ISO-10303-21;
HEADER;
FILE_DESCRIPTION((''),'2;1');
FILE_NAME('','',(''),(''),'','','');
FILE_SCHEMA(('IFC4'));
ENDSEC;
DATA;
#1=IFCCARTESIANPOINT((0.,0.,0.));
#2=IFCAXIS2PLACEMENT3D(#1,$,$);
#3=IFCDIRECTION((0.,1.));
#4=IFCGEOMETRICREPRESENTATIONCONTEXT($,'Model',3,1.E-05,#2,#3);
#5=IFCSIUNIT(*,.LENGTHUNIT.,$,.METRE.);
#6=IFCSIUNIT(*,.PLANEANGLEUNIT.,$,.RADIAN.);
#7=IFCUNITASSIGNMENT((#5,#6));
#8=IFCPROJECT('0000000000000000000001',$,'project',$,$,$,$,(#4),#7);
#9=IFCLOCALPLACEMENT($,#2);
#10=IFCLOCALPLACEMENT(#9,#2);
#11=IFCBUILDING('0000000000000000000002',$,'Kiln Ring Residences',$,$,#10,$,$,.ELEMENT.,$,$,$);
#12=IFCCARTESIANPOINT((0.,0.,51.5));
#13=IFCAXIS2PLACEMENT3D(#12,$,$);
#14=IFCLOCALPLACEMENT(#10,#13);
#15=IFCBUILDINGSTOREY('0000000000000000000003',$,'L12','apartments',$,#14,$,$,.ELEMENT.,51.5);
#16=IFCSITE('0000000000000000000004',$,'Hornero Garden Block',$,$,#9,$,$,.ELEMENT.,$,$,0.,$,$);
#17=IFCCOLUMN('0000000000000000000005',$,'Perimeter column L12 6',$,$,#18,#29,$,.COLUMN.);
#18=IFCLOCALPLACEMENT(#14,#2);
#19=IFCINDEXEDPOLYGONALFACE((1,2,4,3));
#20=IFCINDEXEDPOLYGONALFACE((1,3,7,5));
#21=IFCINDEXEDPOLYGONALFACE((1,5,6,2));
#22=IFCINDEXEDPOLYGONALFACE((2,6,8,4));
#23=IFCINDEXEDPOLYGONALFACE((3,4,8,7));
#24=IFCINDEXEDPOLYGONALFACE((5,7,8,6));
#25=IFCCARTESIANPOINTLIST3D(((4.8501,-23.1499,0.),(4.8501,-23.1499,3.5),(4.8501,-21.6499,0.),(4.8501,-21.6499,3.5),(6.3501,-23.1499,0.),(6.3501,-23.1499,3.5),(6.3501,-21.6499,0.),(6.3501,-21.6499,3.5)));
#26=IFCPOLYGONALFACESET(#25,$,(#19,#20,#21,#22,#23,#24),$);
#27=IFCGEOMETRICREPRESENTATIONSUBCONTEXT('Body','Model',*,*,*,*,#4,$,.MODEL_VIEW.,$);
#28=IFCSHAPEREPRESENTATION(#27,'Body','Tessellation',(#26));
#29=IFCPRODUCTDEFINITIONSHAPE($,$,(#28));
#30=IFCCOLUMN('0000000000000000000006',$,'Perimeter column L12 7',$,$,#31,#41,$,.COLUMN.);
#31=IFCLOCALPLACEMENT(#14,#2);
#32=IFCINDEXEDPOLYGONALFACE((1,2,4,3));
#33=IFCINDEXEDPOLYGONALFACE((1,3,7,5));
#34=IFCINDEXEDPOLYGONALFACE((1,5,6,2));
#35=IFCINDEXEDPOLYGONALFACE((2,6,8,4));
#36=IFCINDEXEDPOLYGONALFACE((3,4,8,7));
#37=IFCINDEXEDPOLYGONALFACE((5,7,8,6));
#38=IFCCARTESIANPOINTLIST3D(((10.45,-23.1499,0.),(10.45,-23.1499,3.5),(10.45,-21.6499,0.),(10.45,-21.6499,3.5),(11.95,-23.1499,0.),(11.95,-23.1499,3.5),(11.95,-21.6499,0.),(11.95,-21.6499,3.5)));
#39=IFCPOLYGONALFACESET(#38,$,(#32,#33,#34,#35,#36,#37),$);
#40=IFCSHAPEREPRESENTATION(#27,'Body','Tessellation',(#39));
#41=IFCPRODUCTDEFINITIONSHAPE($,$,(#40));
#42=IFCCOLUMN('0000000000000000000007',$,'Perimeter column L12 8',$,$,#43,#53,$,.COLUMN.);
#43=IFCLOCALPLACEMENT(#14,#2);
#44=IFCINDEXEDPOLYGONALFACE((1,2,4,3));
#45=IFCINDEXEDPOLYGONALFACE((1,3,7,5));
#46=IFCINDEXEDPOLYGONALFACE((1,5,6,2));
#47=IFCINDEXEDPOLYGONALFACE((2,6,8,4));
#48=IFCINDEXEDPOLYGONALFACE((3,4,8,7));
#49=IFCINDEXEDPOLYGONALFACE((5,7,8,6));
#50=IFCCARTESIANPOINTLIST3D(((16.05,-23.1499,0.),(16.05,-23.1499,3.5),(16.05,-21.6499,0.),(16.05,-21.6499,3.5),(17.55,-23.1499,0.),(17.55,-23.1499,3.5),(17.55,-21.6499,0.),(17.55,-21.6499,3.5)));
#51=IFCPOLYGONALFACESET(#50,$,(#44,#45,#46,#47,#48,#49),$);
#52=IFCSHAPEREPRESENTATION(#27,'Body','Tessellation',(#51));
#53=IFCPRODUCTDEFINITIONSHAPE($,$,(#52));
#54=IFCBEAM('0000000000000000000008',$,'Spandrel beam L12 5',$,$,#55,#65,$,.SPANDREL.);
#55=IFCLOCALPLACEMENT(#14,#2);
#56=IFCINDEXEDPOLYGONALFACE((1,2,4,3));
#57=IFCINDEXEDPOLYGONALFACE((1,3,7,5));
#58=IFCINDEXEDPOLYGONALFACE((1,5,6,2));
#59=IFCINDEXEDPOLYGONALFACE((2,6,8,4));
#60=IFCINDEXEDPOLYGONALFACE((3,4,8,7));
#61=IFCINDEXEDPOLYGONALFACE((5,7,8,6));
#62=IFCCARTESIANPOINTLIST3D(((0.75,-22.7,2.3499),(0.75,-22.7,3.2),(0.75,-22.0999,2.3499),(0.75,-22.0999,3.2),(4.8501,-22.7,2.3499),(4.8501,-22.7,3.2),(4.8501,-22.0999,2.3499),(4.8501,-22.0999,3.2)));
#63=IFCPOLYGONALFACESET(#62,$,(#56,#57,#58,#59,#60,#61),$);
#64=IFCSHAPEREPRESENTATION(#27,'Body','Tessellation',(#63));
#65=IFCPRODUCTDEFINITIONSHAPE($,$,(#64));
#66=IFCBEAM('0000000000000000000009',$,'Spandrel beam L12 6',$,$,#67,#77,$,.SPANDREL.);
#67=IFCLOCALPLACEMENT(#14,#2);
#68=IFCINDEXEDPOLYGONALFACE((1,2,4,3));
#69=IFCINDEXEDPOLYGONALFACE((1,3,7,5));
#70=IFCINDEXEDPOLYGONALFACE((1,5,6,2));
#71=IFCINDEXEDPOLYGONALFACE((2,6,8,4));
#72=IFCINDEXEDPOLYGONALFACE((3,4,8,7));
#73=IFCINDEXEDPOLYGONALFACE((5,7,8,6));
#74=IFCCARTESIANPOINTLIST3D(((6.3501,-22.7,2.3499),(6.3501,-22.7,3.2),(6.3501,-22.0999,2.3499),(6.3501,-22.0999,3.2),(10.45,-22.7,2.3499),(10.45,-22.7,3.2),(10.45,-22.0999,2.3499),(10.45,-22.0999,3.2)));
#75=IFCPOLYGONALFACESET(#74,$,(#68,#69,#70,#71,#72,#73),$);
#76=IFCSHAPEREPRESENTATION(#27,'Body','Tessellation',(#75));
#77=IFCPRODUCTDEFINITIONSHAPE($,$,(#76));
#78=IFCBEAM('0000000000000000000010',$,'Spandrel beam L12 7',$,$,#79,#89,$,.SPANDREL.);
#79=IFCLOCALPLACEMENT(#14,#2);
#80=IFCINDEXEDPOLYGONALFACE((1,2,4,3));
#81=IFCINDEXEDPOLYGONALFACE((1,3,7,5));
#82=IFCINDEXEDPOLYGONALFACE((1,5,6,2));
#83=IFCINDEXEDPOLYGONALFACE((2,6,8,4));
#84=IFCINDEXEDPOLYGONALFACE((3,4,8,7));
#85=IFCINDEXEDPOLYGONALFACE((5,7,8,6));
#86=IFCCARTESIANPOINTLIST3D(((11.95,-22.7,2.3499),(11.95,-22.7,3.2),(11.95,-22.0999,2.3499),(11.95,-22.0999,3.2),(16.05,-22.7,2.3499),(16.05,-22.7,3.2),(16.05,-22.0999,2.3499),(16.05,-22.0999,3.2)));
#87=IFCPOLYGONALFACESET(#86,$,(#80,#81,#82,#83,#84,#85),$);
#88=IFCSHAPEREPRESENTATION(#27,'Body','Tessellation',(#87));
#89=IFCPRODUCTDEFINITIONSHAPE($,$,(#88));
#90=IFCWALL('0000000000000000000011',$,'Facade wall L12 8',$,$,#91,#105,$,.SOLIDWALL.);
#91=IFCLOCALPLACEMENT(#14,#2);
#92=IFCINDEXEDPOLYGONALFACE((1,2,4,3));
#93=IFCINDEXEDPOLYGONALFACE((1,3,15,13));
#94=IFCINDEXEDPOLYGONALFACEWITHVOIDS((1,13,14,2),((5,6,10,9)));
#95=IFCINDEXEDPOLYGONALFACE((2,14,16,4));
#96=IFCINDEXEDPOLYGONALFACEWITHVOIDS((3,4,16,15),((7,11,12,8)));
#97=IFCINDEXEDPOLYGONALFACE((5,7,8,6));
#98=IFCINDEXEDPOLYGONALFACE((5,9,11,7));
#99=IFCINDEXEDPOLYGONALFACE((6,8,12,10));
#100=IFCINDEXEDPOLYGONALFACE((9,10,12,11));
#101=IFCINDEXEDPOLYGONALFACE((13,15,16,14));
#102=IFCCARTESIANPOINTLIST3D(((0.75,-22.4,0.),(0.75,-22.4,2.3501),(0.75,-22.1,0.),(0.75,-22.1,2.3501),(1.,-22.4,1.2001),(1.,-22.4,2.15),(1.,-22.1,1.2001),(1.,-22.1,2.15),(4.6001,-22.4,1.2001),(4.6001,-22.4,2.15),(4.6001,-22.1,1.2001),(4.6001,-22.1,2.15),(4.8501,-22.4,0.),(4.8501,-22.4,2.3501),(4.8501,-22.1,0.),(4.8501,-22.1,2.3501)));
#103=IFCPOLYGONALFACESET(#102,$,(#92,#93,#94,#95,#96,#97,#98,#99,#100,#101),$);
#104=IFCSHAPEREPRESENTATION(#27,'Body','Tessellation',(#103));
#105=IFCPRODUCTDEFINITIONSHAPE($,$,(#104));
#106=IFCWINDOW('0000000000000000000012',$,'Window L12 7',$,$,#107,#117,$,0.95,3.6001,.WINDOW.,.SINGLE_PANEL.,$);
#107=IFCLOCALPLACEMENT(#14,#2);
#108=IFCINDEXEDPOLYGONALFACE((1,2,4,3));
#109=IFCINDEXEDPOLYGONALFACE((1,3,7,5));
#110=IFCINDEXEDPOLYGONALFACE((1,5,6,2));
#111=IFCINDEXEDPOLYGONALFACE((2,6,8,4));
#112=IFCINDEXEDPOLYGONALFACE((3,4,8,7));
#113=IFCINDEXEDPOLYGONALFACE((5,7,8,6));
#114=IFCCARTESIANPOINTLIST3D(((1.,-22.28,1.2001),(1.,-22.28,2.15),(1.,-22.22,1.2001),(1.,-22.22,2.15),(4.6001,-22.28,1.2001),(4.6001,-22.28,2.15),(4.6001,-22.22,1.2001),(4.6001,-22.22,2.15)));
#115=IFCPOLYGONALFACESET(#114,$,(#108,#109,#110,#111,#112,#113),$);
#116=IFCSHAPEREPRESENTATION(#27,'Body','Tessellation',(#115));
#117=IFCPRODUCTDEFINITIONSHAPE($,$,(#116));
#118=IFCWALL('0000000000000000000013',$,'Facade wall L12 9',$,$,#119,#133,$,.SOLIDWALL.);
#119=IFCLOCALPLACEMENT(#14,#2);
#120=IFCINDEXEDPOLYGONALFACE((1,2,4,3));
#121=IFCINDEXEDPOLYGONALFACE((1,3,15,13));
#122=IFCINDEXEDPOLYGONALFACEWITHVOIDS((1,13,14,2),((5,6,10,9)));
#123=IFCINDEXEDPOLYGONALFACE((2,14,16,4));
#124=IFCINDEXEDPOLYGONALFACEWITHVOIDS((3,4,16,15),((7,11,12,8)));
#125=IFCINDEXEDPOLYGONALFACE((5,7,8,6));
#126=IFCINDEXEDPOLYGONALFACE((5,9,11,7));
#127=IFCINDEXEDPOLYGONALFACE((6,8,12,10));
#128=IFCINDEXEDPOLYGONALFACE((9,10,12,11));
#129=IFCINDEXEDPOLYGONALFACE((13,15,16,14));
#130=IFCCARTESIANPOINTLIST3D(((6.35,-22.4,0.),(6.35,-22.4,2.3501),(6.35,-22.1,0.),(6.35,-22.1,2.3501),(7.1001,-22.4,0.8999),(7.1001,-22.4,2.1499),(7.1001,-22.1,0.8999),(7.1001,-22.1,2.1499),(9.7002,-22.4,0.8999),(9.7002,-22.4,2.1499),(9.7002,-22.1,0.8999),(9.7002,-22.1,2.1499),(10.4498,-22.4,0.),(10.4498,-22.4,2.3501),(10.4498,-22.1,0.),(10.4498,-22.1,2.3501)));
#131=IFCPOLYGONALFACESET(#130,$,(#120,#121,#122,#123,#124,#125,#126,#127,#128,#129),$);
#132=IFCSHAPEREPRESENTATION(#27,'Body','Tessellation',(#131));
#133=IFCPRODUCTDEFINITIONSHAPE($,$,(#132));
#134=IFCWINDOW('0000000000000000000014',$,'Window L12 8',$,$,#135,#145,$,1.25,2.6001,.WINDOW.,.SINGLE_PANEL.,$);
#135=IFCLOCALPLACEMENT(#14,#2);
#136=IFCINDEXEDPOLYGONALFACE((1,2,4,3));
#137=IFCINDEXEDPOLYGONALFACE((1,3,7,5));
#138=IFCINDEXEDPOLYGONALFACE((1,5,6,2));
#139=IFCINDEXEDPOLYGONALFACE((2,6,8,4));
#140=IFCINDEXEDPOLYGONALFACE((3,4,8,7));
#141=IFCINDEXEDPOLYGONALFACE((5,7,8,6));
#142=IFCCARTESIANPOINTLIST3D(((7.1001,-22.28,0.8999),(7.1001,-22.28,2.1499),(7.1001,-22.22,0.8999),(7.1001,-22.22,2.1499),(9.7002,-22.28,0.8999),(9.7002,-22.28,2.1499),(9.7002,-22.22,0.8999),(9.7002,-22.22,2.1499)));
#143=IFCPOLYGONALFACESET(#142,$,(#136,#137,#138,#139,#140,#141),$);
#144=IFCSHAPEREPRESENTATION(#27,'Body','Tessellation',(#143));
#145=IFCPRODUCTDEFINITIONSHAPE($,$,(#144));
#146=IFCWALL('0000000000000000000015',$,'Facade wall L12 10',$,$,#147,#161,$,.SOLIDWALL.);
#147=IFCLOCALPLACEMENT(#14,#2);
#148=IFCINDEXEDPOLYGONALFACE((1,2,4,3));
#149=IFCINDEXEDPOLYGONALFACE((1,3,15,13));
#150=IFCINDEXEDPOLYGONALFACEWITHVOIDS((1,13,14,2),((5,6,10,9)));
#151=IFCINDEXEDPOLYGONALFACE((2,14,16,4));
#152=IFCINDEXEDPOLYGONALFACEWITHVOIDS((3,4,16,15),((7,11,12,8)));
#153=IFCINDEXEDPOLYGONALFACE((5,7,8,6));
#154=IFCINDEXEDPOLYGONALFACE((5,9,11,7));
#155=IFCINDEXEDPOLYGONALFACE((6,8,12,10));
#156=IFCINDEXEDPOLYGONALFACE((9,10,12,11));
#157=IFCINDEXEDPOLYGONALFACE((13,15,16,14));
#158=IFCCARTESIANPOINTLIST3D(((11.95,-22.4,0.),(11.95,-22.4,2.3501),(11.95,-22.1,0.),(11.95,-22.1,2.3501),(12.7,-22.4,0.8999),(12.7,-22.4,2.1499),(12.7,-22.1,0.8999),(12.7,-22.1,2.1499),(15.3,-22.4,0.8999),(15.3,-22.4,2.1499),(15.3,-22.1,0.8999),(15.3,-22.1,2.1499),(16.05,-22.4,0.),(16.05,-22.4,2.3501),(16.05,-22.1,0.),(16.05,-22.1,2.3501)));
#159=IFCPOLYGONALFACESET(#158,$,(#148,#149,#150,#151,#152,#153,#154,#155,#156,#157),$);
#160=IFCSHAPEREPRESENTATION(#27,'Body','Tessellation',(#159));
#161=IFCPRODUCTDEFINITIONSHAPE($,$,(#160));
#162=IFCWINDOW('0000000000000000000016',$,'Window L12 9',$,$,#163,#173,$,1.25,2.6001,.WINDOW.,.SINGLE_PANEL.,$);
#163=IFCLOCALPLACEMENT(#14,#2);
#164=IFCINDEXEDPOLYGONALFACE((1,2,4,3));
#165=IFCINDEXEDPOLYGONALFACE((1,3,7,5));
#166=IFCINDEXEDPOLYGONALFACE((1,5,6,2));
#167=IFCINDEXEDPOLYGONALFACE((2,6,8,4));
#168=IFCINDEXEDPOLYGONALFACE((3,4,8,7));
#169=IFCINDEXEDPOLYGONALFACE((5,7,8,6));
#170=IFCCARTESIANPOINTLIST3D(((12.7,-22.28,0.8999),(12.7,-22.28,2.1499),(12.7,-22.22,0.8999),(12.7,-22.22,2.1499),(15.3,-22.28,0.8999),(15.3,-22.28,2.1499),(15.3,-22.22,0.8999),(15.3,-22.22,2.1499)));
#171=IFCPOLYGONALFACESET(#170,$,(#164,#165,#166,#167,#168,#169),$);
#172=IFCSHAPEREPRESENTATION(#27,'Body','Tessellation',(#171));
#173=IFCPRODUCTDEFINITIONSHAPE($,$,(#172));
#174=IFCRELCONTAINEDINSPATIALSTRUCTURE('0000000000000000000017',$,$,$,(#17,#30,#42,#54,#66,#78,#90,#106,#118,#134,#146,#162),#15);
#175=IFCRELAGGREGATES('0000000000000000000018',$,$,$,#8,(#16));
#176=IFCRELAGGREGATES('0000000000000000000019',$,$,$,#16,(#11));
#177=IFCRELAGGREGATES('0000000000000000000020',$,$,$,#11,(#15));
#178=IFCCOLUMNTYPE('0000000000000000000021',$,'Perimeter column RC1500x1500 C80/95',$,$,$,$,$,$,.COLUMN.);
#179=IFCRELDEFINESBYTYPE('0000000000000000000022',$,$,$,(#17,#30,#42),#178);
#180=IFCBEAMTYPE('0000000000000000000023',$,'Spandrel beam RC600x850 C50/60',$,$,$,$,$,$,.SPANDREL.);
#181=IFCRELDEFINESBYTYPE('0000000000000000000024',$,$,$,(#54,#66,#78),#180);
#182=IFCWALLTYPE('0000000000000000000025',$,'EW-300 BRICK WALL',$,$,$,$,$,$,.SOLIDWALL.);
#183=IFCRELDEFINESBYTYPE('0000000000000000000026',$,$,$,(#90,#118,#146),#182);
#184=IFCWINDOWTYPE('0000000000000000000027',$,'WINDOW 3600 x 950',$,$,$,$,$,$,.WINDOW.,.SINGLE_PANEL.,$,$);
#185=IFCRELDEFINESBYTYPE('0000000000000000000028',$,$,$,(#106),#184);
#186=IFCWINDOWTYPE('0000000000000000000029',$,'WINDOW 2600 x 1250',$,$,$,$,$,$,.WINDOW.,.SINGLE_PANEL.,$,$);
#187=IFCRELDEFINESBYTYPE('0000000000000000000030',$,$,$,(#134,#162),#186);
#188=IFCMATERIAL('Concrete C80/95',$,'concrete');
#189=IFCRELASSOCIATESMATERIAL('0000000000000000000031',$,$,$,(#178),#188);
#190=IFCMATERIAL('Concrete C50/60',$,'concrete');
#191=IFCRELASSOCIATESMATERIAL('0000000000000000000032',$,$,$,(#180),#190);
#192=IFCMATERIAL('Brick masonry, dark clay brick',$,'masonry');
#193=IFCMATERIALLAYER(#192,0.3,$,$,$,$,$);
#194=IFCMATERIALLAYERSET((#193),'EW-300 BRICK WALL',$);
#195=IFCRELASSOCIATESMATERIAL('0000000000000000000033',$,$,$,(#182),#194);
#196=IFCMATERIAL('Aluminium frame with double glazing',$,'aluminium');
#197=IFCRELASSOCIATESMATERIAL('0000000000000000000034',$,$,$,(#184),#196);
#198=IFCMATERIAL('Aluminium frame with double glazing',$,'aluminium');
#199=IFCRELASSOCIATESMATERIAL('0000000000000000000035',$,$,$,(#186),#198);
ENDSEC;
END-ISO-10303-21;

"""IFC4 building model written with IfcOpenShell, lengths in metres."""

from ifc_helpers import new_model, si_unit, direction, frame, frame_2d, origin, origin_2d, place, context, subcontext, project, spatial, rectangle, extrude, material, layer, layer_set, material_profile, profile_set, type_object, element, fill, save


model = new_model("IFC4")

# Units and contexts
model_context = context("Model", 3, precision=1e-05, world=origin(), true_north=direction((0.0, 1.0)))
body_context = subcontext(model_context, "Body", "Model", "MODEL_VIEW")
ifc_project = project(units=[si_unit("LENGTHUNIT", "METRE"), si_unit("PLANEANGLEUNIT", "RADIAN")], contexts=[model_context])

# Site, building, storey
site_placement = place(None, origin())
site = spatial("IfcSite", under=ifc_project, at=site_placement, Name="Hornero Garden Block", CompositionType="ELEMENT", RefElevation=0.0)
building_placement = place(site_placement, origin())
building = spatial("IfcBuilding", under=site, at=building_placement, Name="Kiln Ring Residences", CompositionType="ELEMENT")
storey_placement = place(building_placement, frame((0.0, 0.0, 51.5)))
storey = spatial("IfcBuildingStorey", under=building, at=storey_placement, Name="L12", Description="apartments", CompositionType="ELEMENT", Elevation=51.5)

# Columns
ifc_material_1 = material(Name="Concrete C80/95", Category="concrete")
ifc_material_profile_1 = material_profile(ifc_material_1, rectangle(XDim=1.5, YDim=1.5, at=origin_2d()), Name="RC1500x1500")
ifc_profile_set_1 = profile_set([ifc_material_profile_1], Name="Concrete C80/95")
column_type = type_object("IfcColumnType", Name="Perimeter column RC1500x1500 C80/95", PredefinedType="COLUMN", material=ifc_profile_set_1)
for number, where, z_axis, x_axis, name in (
    (1, (5.6001, -22.3999, 0.0), (0.0, 0.0, 1.0), (1.0, 0.0, 0.0), "Perimeter column L12 6"),
    (2, (11.2, -22.3999, 0.0), (0.0, 0.0, 1.0), (1.0, 0.0, 0.0), "Perimeter column L12 7"),
    (3, (16.8, -22.3999, 0.0), (0.0, 0.0, 1.0), (1.0, 0.0, 0.0), "Perimeter column L12 8"),
):
    element("IfcColumn", number, at=place(storey_placement, frame(where, z_axis=z_axis, x_axis=x_axis)), inside=storey, type_object=column_type, Name=name, PredefinedType="COLUMN", context=body_context, shape_type="SweptSolid", body=[
        extrude(rectangle(XDim=1.5, YDim=1.5, at=origin_2d()), origin(), (0.0, 0.0, 1.0), 3.5),
    ])

# Beams
ifc_material_2 = material(Name="Concrete C50/60", Category="concrete")
ifc_material_profile_2 = material_profile(ifc_material_2, rectangle(XDim=0.6001, YDim=0.8501, at=origin_2d()), Name="RC600x850")
ifc_profile_set_2 = profile_set([ifc_material_profile_2], Name="Concrete C50/60")
beam_type = type_object("IfcBeamType", Name="Spandrel beam RC600x850 C50/60", PredefinedType="SPANDREL", material=ifc_profile_set_2)
beam_1_placement = place(storey_placement, frame((0.75, -22.3999, 2.7749), z_axis=(1.0, 0.0, 0.0), x_axis=(0.0, 1.0, 0.0)))
element("IfcBeam", 4, at=beam_1_placement, inside=storey, type_object=beam_type, Name="Spandrel beam L12 5", PredefinedType="SPANDREL", context=body_context, shape_type="SweptSolid", body=[
    extrude(rectangle(XDim=0.6001, YDim=0.8501, at=origin_2d()), origin(), (0.0, 0.0, 1.0), 4.1001),
])
beam_2_placement = place(storey_placement, frame((6.3501, -22.3999, 2.7749), z_axis=(1.0, 0.0, 0.0), x_axis=(0.0, 1.0, 0.0)))
element("IfcBeam", 5, at=beam_2_placement, inside=storey, type_object=beam_type, Name="Spandrel beam L12 6", PredefinedType="SPANDREL", context=body_context, shape_type="SweptSolid", body=[
    extrude(rectangle(XDim=0.6001, YDim=0.8501, at=origin_2d()), origin(), (0.0, 0.0, 1.0), 4.0999),
])
beam_3_placement = place(storey_placement, frame((11.95, -22.3999, 2.7749), z_axis=(1.0, 0.0, 0.0), x_axis=(0.0, 1.0, 0.0)))
element("IfcBeam", 6, at=beam_3_placement, inside=storey, type_object=beam_type, Name="Spandrel beam L12 7", PredefinedType="SPANDREL", context=body_context, shape_type="SweptSolid", body=[
    extrude(rectangle(XDim=0.6001, YDim=0.8501, at=origin_2d()), origin(), (0.0, 0.0, 1.0), 4.1001),
])

# Walls, openings, windows
ifc_material_3 = material(Name="Brick masonry, dark clay brick", Category="masonry")
ifc_layer_1 = layer(ifc_material_3, 0.3)
ifc_layer_set_1 = layer_set([ifc_layer_1], Name="EW-300 BRICK WALL")
wall_type_1 = type_object("IfcWallType", Name="EW-300 BRICK WALL", PredefinedType="SOLIDWALL", material=ifc_layer_set_1)
wall_1_placement = place(storey_placement, frame((0.75, -22.25, 0.0), z_axis=(0.0, 0.0, 1.0), x_axis=(1.0, 0.0, 0.0)))
wall_1 = element("IfcWall", 7, at=wall_1_placement, inside=storey, type_object=wall_type_1, Name="Facade wall L12 8", PredefinedType="SOLIDWALL", context=body_context, shape_type="SweptSolid", body=[
    extrude(rectangle(XDim=4.1001, YDim=0.3, at=frame_2d((2.05, 0.0))), origin(), (0.0, 0.0, 1.0), 2.3501),
])
opening_1_placement = place(wall_1_placement, frame((0.25, 0.0, 1.2)))
opening_1 = element("IfcOpeningElement", 8, at=opening_1_placement, cuts=wall_1, PredefinedType="OPENING", context=body_context, shape_type="SweptSolid", body=[
    extrude(rectangle(XDim=3.6001, YDim=0.95, at=frame_2d((1.8, 0.4751))), frame((0.0, 0.1599, 0.0), z_axis=(0.0, -1.0, 0.0), x_axis=(1.0, 0.0, 0.0)), (0.0, 0.0, 1.0), 0.3201),
])
ifc_material_4 = material(Name="Aluminium frame with double glazing", Category="aluminium")
window_type_1 = type_object("IfcWindowType", Name="WINDOW 3600 x 950", PartitioningType="SINGLE_PANEL", PredefinedType="WINDOW", material=ifc_material_4)
window_1_placement = place(opening_1_placement, origin())
window_1 = element("IfcWindow", 9, at=window_1_placement, inside=storey, type_object=window_type_1, Name="Window L12 7", OverallHeight=0.95, OverallWidth=3.6001, PartitioningType="SINGLE_PANEL", PredefinedType="WINDOW", context=body_context, shape_type="SweptSolid", body=[
    extrude(rectangle(XDim=3.6001, YDim=0.95, at=frame_2d((1.8, 0.4751))), frame((0.0, 0.03, 0.0), z_axis=(0.0, -1.0, 0.0), x_axis=(1.0, 0.0, 0.0)), (0.0, 0.0, 1.0), 0.0601),
])
fill(opening_1, window_1)
wall_2_placement = place(storey_placement, frame((6.3501, -22.25, 0.0), z_axis=(0.0, 0.0, 1.0), x_axis=(1.0, 0.0, 0.0)))
wall_2 = element("IfcWall", 10, at=wall_2_placement, inside=storey, type_object=wall_type_1, Name="Facade wall L12 9", PredefinedType="SOLIDWALL", context=body_context, shape_type="SweptSolid", body=[
    extrude(rectangle(XDim=4.0999, YDim=0.3, at=frame_2d((2.0498, 0.0))), origin(), (0.0, 0.0, 1.0), 2.3501),
])
opening_2_placement = place(wall_2_placement, frame((0.75, 0.0, 0.8999)))
opening_2 = element("IfcOpeningElement", 11, at=opening_2_placement, cuts=wall_2, PredefinedType="OPENING", context=body_context, shape_type="SweptSolid", body=[
    extrude(rectangle(XDim=2.6001, YDim=1.25, at=frame_2d((1.3, 0.625))), frame((0.0, 0.1599, 0.0), z_axis=(0.0, -1.0, 0.0), x_axis=(1.0, 0.0, 0.0)), (0.0, 0.0, 1.0), 0.3201),
])
ifc_material_5 = material(Name="Aluminium frame with double glazing", Category="aluminium")
window_type_2 = type_object("IfcWindowType", Name="WINDOW 2600 x 1250", PartitioningType="SINGLE_PANEL", PredefinedType="WINDOW", material=ifc_material_5)
window_2_placement = place(opening_2_placement, origin())
window_2 = element("IfcWindow", 12, at=window_2_placement, inside=storey, type_object=window_type_2, Name="Window L12 8", OverallHeight=1.25, OverallWidth=2.6001, PartitioningType="SINGLE_PANEL", PredefinedType="WINDOW", context=body_context, shape_type="SweptSolid", body=[
    extrude(rectangle(XDim=2.6001, YDim=1.25, at=frame_2d((1.3, 0.625))), frame((0.0, 0.03, 0.0), z_axis=(0.0, -1.0, 0.0), x_axis=(1.0, 0.0, 0.0)), (0.0, 0.0, 1.0), 0.0601),
])
fill(opening_2, window_2)
wall_3_placement = place(storey_placement, frame((11.95, -22.25, 0.0), z_axis=(0.0, 0.0, 1.0), x_axis=(1.0, 0.0, 0.0)))
wall_3 = element("IfcWall", 13, at=wall_3_placement, inside=storey, type_object=wall_type_1, Name="Facade wall L12 10", PredefinedType="SOLIDWALL", context=body_context, shape_type="SweptSolid", body=[
    extrude(rectangle(XDim=4.1001, YDim=0.3, at=frame_2d((2.05, 0.0))), origin(), (0.0, 0.0, 1.0), 2.3501),
])
opening_3_placement = place(wall_3_placement, frame((0.75, 0.0, 0.8999)))
opening_3 = element("IfcOpeningElement", 14, at=opening_3_placement, cuts=wall_3, PredefinedType="OPENING", context=body_context, shape_type="SweptSolid", body=[
    extrude(rectangle(XDim=2.6001, YDim=1.25, at=frame_2d((1.3, 0.625))), frame((0.0, 0.1599, 0.0), z_axis=(0.0, -1.0, 0.0), x_axis=(1.0, 0.0, 0.0)), (0.0, 0.0, 1.0), 0.3201),
])
window_3_placement = place(opening_3_placement, origin())
window_3 = element("IfcWindow", 15, at=window_3_placement, inside=storey, type_object=window_type_2, Name="Window L12 9", OverallHeight=1.25, OverallWidth=2.6001, PartitioningType="SINGLE_PANEL", PredefinedType="WINDOW", context=body_context, shape_type="SweptSolid", body=[
    extrude(rectangle(XDim=2.6001, YDim=1.25, at=frame_2d((1.3, 0.625))), frame((0.0, 0.03, 0.0), z_axis=(0.0, -1.0, 0.0), x_axis=(1.0, 0.0, 0.0)), (0.0, 0.0, 1.0), 0.0601),
])
fill(opening_3, window_3)

save(model, "model.ifc")
